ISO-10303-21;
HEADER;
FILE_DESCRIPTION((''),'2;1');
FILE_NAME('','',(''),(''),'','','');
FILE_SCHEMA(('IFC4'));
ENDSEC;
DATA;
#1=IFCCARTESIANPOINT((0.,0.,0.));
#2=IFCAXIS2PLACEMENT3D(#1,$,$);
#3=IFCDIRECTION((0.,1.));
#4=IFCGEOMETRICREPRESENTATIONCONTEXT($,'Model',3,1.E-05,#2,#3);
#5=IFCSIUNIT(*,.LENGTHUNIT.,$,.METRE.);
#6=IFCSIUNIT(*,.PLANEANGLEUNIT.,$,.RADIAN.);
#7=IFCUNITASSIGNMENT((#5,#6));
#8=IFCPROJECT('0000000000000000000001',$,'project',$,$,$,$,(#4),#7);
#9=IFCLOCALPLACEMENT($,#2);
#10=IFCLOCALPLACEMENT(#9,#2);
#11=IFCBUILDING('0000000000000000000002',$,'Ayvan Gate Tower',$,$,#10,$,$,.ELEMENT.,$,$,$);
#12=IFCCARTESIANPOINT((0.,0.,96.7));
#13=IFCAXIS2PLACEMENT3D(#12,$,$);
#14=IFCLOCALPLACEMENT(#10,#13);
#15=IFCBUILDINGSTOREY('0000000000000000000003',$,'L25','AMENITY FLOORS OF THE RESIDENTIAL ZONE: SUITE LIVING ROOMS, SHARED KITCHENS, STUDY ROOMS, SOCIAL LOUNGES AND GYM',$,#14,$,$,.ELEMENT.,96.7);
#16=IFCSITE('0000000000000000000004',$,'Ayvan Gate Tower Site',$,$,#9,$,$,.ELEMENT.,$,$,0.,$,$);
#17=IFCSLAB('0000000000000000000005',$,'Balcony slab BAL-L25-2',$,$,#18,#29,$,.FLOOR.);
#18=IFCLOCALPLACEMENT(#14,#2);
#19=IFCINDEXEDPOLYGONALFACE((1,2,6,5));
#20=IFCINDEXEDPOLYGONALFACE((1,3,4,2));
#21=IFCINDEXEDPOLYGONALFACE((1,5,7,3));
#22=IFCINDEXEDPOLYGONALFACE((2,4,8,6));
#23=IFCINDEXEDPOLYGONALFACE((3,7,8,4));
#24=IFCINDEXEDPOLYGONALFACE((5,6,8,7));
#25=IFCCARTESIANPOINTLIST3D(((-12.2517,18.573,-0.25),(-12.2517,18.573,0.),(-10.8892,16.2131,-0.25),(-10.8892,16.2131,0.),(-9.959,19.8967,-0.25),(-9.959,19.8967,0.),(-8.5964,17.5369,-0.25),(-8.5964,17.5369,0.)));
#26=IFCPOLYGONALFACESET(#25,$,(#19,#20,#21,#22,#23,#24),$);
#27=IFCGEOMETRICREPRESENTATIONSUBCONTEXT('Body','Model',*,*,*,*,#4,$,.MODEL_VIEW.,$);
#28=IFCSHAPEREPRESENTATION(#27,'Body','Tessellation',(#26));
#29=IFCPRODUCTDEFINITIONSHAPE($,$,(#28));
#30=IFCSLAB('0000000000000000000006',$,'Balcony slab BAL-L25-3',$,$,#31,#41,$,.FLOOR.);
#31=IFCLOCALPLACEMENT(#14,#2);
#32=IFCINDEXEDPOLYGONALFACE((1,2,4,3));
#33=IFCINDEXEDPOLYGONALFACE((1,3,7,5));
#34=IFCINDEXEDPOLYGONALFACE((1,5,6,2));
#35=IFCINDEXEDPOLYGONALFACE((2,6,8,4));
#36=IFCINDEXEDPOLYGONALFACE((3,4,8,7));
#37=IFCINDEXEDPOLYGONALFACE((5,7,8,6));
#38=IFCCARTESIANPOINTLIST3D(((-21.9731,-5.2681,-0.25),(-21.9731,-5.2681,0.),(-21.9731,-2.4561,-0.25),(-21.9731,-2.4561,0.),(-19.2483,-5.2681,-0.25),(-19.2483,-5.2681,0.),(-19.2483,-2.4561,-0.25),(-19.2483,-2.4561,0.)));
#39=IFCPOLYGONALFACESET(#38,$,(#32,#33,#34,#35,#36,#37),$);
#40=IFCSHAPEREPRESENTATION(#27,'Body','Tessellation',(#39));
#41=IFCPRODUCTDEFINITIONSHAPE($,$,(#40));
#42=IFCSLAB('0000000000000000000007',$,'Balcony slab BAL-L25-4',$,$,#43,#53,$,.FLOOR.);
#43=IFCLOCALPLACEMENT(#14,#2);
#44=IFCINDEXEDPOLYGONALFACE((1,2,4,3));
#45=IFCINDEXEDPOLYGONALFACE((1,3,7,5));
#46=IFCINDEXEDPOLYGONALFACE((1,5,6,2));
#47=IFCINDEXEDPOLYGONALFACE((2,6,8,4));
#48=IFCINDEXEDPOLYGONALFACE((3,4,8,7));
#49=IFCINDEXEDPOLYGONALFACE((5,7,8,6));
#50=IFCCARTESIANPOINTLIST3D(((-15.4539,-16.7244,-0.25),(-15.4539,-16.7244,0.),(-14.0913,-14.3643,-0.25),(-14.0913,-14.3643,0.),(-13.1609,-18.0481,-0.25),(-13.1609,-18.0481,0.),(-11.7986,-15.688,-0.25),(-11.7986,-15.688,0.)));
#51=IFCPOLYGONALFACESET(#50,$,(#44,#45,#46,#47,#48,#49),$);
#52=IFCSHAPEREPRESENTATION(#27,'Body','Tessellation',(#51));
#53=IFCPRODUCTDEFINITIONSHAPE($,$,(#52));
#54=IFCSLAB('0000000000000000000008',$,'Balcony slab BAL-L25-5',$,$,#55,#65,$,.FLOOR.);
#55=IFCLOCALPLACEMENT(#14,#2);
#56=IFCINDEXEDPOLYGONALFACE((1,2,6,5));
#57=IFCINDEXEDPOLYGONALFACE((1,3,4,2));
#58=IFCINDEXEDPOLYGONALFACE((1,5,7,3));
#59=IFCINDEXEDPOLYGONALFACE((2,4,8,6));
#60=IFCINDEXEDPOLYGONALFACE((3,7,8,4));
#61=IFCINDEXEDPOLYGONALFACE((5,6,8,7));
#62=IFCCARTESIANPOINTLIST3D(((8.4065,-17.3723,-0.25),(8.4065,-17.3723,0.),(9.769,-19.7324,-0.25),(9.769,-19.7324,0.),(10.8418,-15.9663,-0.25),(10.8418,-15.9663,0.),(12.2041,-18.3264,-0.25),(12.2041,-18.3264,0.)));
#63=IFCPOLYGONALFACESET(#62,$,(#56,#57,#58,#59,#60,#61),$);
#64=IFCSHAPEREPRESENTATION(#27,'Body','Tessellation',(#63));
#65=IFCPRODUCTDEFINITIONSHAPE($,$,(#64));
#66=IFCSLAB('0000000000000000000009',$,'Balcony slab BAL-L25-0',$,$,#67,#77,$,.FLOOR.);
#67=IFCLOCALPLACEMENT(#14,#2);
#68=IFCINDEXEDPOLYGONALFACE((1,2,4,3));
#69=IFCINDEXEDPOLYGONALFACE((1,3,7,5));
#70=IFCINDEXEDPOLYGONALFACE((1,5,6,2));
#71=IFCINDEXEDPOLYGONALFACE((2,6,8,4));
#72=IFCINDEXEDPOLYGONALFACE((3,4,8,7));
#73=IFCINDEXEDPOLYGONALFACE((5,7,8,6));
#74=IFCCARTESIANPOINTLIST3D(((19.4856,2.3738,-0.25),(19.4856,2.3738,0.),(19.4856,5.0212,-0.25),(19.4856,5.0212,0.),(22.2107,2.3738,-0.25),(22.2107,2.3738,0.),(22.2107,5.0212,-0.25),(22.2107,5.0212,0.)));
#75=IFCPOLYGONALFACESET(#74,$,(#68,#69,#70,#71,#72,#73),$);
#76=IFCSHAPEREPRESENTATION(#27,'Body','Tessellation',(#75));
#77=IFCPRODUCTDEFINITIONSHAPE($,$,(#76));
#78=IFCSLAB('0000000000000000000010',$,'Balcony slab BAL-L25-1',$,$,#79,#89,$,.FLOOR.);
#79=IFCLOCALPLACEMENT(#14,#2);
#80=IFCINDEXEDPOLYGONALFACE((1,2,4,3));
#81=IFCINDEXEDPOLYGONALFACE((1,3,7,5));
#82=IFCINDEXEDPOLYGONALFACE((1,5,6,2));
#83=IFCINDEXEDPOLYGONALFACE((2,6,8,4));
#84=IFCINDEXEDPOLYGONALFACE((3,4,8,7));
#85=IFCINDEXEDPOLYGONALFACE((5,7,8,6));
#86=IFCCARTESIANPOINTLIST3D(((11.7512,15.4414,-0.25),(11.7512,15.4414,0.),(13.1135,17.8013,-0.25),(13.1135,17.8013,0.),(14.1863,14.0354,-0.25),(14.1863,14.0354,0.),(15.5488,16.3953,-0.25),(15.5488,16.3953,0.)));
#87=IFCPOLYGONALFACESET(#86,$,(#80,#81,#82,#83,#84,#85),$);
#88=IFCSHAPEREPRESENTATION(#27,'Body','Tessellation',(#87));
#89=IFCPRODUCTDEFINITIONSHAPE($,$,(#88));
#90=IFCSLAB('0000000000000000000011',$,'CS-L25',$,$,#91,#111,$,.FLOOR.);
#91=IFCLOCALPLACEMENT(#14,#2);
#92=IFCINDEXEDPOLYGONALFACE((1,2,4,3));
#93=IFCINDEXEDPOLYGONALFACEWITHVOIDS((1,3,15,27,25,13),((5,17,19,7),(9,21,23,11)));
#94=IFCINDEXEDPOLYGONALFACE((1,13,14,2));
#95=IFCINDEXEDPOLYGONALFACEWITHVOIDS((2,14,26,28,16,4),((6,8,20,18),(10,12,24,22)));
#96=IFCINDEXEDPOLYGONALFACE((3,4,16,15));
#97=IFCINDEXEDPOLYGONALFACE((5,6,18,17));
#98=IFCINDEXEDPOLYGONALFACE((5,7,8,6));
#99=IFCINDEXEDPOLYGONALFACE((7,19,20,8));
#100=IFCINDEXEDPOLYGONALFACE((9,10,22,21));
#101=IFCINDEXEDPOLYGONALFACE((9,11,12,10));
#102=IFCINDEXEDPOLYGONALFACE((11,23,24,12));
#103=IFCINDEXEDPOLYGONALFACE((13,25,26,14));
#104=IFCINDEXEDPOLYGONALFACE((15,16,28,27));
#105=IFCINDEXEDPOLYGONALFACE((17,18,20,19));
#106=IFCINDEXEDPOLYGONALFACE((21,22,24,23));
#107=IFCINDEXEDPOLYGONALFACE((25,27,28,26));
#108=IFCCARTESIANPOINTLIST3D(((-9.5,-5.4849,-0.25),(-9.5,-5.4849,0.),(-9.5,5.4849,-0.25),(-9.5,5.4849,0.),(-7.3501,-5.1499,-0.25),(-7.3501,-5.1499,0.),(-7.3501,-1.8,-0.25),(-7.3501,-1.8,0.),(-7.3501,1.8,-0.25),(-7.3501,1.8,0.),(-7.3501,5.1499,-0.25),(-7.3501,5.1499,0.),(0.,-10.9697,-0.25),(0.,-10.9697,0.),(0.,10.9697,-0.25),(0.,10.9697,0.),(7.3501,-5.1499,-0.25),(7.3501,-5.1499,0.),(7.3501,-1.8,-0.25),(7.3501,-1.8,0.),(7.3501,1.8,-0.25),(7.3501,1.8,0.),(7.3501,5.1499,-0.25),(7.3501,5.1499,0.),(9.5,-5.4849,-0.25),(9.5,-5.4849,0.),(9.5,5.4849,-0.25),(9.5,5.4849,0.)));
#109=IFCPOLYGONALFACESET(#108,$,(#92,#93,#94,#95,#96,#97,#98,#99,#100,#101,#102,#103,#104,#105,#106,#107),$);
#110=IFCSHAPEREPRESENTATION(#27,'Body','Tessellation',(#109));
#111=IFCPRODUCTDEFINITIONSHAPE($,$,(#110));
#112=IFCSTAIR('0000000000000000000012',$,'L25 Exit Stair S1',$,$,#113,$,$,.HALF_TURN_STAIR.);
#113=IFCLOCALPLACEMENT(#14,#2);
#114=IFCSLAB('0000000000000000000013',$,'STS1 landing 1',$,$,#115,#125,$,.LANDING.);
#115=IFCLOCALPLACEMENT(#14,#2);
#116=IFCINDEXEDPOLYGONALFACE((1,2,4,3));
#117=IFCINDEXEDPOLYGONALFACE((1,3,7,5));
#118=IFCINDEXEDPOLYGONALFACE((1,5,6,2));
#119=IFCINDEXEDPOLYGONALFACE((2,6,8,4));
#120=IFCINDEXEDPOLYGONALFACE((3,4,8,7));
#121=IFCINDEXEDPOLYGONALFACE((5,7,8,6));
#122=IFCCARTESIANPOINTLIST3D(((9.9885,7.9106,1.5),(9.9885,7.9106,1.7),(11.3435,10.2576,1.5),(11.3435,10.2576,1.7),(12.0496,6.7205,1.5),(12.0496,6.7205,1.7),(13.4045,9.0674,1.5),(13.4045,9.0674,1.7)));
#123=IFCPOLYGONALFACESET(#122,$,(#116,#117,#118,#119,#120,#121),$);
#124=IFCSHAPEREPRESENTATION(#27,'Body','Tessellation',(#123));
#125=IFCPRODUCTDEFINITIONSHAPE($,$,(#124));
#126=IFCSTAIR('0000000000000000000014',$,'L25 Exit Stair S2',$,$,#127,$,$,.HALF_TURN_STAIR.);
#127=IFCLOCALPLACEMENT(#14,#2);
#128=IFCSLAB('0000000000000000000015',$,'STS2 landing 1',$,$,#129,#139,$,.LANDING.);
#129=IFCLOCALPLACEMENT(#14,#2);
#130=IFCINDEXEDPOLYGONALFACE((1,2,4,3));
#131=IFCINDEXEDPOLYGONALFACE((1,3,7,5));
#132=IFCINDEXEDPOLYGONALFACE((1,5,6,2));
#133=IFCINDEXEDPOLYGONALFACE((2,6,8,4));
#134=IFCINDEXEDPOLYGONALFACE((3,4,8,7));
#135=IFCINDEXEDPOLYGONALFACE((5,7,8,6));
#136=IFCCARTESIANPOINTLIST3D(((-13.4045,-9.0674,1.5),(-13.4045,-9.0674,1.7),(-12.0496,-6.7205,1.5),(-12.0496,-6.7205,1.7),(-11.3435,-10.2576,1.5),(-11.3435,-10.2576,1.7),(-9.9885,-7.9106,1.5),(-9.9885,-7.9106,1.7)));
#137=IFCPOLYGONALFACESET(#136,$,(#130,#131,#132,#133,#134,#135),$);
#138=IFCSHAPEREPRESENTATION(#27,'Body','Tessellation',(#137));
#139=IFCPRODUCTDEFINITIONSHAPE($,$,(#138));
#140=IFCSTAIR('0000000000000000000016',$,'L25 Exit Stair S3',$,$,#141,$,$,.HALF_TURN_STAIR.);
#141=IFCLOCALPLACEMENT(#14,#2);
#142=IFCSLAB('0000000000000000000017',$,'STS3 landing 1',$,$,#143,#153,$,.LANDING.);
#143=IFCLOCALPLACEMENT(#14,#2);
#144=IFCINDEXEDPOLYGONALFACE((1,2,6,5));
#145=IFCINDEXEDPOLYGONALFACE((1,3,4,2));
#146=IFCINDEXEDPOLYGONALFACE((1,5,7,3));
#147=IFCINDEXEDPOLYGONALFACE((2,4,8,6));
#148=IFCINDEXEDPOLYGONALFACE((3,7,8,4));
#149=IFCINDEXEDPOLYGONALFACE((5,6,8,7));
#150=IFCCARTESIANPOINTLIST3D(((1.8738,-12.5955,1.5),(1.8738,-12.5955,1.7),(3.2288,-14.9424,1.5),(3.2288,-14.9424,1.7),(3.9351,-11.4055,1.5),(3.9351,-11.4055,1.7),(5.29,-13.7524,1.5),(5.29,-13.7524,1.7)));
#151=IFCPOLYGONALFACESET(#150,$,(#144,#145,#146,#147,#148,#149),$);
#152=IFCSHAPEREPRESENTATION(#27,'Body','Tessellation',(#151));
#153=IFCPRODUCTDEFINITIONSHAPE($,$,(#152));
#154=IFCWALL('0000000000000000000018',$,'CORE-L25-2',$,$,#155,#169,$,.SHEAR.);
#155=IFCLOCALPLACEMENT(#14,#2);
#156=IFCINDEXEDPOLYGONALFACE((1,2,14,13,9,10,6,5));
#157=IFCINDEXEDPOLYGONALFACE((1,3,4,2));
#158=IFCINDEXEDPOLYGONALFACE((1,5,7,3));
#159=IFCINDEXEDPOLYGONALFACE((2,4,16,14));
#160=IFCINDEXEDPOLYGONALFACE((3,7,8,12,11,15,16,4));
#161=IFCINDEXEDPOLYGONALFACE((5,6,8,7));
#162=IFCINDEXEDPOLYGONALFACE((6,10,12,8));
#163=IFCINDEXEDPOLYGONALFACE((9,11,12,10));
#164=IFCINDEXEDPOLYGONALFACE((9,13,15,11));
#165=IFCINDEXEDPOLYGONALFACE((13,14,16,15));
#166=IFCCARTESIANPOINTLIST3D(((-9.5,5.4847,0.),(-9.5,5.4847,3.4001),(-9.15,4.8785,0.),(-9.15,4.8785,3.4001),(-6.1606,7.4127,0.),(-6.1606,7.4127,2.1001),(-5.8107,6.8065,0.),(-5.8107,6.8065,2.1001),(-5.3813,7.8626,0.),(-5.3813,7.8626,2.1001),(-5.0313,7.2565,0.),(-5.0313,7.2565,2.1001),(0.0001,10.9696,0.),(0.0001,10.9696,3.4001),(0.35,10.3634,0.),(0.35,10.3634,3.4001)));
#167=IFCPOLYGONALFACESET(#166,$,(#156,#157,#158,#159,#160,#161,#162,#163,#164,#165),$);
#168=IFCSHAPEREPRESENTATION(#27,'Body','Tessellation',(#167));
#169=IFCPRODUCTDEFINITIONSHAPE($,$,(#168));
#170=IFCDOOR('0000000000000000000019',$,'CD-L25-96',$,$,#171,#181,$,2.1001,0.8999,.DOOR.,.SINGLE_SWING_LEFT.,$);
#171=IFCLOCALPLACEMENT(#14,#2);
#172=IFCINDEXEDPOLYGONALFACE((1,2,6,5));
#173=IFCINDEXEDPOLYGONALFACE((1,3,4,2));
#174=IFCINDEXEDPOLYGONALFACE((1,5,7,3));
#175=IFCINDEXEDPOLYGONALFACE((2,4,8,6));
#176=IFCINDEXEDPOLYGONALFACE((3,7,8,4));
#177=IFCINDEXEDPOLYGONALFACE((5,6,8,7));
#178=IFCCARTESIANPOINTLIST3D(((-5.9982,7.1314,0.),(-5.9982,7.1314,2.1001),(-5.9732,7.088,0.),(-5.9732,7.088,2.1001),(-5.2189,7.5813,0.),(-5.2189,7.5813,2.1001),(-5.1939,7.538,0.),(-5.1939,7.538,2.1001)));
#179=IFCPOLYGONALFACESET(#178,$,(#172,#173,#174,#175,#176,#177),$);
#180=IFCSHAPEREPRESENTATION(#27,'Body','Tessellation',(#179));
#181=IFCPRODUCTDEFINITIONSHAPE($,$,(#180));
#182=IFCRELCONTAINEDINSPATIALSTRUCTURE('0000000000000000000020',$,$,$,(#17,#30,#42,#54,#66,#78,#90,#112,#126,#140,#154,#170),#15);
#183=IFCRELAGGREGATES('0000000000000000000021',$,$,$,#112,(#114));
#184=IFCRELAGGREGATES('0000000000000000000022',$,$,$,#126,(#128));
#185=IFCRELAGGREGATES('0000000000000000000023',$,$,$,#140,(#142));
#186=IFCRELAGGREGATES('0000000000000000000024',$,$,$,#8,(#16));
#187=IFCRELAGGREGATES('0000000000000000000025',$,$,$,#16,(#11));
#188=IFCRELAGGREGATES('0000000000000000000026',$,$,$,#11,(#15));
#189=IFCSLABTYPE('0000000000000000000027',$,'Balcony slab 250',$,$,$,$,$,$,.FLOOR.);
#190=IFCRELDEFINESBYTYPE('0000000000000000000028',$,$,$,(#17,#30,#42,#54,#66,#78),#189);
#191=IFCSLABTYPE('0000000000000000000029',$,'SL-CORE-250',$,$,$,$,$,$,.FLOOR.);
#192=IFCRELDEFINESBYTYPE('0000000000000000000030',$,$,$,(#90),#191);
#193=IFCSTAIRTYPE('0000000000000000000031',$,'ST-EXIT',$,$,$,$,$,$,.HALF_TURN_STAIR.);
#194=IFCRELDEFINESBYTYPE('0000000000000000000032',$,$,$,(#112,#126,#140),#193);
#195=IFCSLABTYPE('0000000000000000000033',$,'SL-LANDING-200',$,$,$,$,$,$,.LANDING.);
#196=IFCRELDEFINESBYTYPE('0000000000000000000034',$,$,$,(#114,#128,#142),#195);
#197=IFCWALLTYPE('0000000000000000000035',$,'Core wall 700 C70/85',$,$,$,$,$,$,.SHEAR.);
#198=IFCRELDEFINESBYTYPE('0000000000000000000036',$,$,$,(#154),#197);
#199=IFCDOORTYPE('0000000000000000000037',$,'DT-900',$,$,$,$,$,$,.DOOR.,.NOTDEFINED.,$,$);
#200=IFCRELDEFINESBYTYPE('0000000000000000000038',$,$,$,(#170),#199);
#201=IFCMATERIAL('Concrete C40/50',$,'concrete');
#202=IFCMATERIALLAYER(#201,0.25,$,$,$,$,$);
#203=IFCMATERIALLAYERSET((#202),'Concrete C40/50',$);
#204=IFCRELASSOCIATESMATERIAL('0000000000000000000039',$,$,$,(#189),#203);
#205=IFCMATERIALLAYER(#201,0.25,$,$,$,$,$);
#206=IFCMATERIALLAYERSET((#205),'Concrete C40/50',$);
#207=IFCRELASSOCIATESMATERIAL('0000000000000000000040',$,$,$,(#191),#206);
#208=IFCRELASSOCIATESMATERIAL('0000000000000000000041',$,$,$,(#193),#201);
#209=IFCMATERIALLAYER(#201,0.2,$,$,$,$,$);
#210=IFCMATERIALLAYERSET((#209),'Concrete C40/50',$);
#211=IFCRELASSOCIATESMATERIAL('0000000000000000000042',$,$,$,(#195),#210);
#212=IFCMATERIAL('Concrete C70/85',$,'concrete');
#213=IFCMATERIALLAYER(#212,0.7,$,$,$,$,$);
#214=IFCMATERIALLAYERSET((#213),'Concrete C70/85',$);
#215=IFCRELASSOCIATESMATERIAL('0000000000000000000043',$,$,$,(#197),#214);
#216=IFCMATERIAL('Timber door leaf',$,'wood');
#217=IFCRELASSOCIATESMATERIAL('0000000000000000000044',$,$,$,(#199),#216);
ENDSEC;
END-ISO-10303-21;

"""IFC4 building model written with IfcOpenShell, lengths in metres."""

from ifc_helpers import new_model, si_unit, direction, frame, frame_2d, origin, place, context, subcontext, project, spatial, polyline, rectangle, outline, extrude, material, layer, layer_set, type_object, element, fill, aggregate, save


model = new_model("IFC4")

# Units and contexts
model_context = context("Model", 3, precision=1e-05, world=origin(), true_north=direction((0.0, 1.0)))
body_context = subcontext(model_context, "Body", "Model", "MODEL_VIEW")
ifc_project = project(units=[si_unit("LENGTHUNIT", "METRE"), si_unit("PLANEANGLEUNIT", "RADIAN")], contexts=[model_context])

# Site, building, storey
site_placement = place(None, origin())
site = spatial("IfcSite", under=ifc_project, at=site_placement, Name="Ayvan Gate Tower Site", CompositionType="ELEMENT", RefElevation=0.0)
building_placement = place(site_placement, origin())
building = spatial("IfcBuilding", under=site, at=building_placement, Name="Ayvan Gate Tower", CompositionType="ELEMENT")
storey_placement = place(building_placement, frame((0.0, 0.0, 96.7)))
storey = spatial("IfcBuildingStorey", under=building, at=storey_placement, Name="L25", Description="AMENITY FLOORS OF THE RESIDENTIAL ZONE: SUITE LIVING ROOMS, SHARED KITCHENS, STUDY ROOMS, SOCIAL LOUNGES AND GYM", CompositionType="ELEMENT", Elevation=96.7)

# Slabs
ifc_material_1 = material(Name="Concrete C40/50", Category="concrete")
ifc_layer_1 = layer(ifc_material_1, 0.25)
ifc_layer_set_1 = layer_set([ifc_layer_1], Name="Concrete C40/50")
slab_type_1 = type_object("IfcSlabType", Name="Balcony slab 250", PredefinedType="FLOOR", material=ifc_layer_set_1)
slab_1_placement = place(storey_placement, frame((0.0, 0.0, -0.25)))
element("IfcSlab", 1, at=slab_1_placement, inside=storey, type_object=slab_type_1, Name="Balcony slab BAL-L25-2", PredefinedType="FLOOR", context=body_context, shape_type="SweptSolid", body=[
    extrude(outline(polyline([(-8.5964, 17.5369), (-10.8892, 16.2131), (-12.2517, 18.573), (-9.959, 19.8967), (-8.5964, 17.5369)])), origin(), (0.0, 0.0, 1.0), 0.25),
])
slab_2_placement = place(storey_placement, frame((0.0, 0.0, -0.25)))
element("IfcSlab", 2, at=slab_2_placement, inside=storey, type_object=slab_type_1, Name="Balcony slab BAL-L25-3", PredefinedType="FLOOR", context=body_context, shape_type="SweptSolid", body=[
    extrude(outline(polyline([(-19.2483, -2.4561), (-19.2483, -5.2681), (-21.9731, -5.2681), (-21.9731, -2.4561), (-19.2483, -2.4561)])), origin(), (0.0, 0.0, 1.0), 0.25),
])
slab_3_placement = place(storey_placement, frame((0.0, 0.0, -0.25)))
element("IfcSlab", 3, at=slab_3_placement, inside=storey, type_object=slab_type_1, Name="Balcony slab BAL-L25-4", PredefinedType="FLOOR", context=body_context, shape_type="SweptSolid", body=[
    extrude(outline(polyline([(-14.0913, -14.3643), (-11.7986, -15.688), (-13.1609, -18.0481), (-15.4539, -16.7244), (-14.0913, -14.3643)])), origin(), (0.0, 0.0, 1.0), 0.25),
])
slab_4_placement = place(storey_placement, frame((0.0, 0.0, -0.25)))
element("IfcSlab", 4, at=slab_4_placement, inside=storey, type_object=slab_type_1, Name="Balcony slab BAL-L25-5", PredefinedType="FLOOR", context=body_context, shape_type="SweptSolid", body=[
    extrude(outline(polyline([(8.4065, -17.3723), (10.8418, -15.9663), (12.2041, -18.3264), (9.769, -19.7324), (8.4065, -17.3723)])), origin(), (0.0, 0.0, 1.0), 0.25),
])
slab_5_placement = place(storey_placement, frame((0.0, 0.0, -0.25)))
element("IfcSlab", 5, at=slab_5_placement, inside=storey, type_object=slab_type_1, Name="Balcony slab BAL-L25-0", PredefinedType="FLOOR", context=body_context, shape_type="SweptSolid", body=[
    extrude(outline(polyline([(19.4856, 2.3738), (19.4856, 5.0212), (22.2107, 5.0212), (22.2107, 2.3738), (19.4856, 2.3738)])), origin(), (0.0, 0.0, 1.0), 0.25),
])
slab_6_placement = place(storey_placement, frame((0.0, 0.0, -0.25)))
element("IfcSlab", 6, at=slab_6_placement, inside=storey, type_object=slab_type_1, Name="Balcony slab BAL-L25-1", PredefinedType="FLOOR", context=body_context, shape_type="SweptSolid", body=[
    extrude(outline(polyline([(14.1863, 14.0354), (11.7512, 15.4414), (13.1135, 17.8013), (15.5488, 16.3953), (14.1863, 14.0354)])), origin(), (0.0, 0.0, 1.0), 0.25),
])
ifc_layer_2 = layer(ifc_material_1, 0.25)
ifc_layer_set_2 = layer_set([ifc_layer_2], Name="Concrete C40/50")
slab_type_2 = type_object("IfcSlabType", Name="SL-CORE-250", PredefinedType="FLOOR", material=ifc_layer_set_2)
slab_7_placement = place(storey_placement, frame((0.0, 0.0, -0.25)))
element("IfcSlab", 7, at=slab_7_placement, inside=storey, type_object=slab_type_2, Name="CS-L25", PredefinedType="FLOOR", context=body_context, shape_type="SweptSolid", body=[
    extrude(outline(polyline([(9.5, -5.4849), (0.0, -10.9697), (-9.5, -5.4849), (-9.5, 5.4849), (0.0, 10.9697), (9.5, 5.4849), (9.5, -5.4849)]), holes=[polyline([(-7.3501, -1.8), (-7.3501, -5.1499), (7.3501, -5.1499), (7.3501, -1.8), (-7.3501, -1.8)]), polyline([(-7.3501, 5.1499), (-7.3501, 1.8), (7.3501, 1.8), (7.3501, 5.1499), (-7.3501, 5.1499)])]), origin(), (0.0, 0.0, 1.0), 0.25),
])

# Stairs, slabs
stair_type = type_object("IfcStairType", Name="ST-EXIT", PredefinedType="HALF_TURN_STAIR", material=ifc_material_1)
stair_1_placement = place(storey_placement, origin())
stair_1 = element("IfcStair", 8, at=stair_1_placement, inside=storey, type_object=stair_type, Name="L25 Exit Stair S1", PredefinedType="HALF_TURN_STAIR")
ifc_layer_3 = layer(ifc_material_1, 0.2)
ifc_layer_set_3 = layer_set([ifc_layer_3], Name="Concrete C40/50")
slab_type_3 = type_object("IfcSlabType", Name="SL-LANDING-200", PredefinedType="LANDING", material=ifc_layer_set_3)
slab_8_placement = place(storey_placement, frame((0.0, 0.0, 1.5)))
slab_8 = element("IfcSlab", 9, at=slab_8_placement, type_object=slab_type_3, Name="STS1 landing 1", PredefinedType="LANDING", context=body_context, shape_type="SweptSolid", body=[
    extrude(outline(polyline([(9.9885, 7.9106), (12.0496, 6.7205), (13.4045, 9.0674), (11.3435, 10.2576), (9.9885, 7.9106)])), origin(), (0.0, 0.0, 1.0), 0.2),
])
aggregate(stair_1, [slab_8])
stair_2_placement = place(storey_placement, origin())
stair_2 = element("IfcStair", 10, at=stair_2_placement, inside=storey, type_object=stair_type, Name="L25 Exit Stair S2", PredefinedType="HALF_TURN_STAIR")
slab_9_placement = place(storey_placement, frame((0.0, 0.0, 1.5)))
slab_9 = element("IfcSlab", 11, at=slab_9_placement, type_object=slab_type_3, Name="STS2 landing 1", PredefinedType="LANDING", context=body_context, shape_type="SweptSolid", body=[
    extrude(outline(polyline([(-9.9885, -7.9106), (-12.0496, -6.7205), (-13.4045, -9.0674), (-11.3435, -10.2576), (-9.9885, -7.9106)])), origin(), (0.0, 0.0, 1.0), 0.2),
])
aggregate(stair_2, [slab_9])
stair_3_placement = place(storey_placement, origin())
stair_3 = element("IfcStair", 12, at=stair_3_placement, inside=storey, type_object=stair_type, Name="L25 Exit Stair S3", PredefinedType="HALF_TURN_STAIR")
slab_10_placement = place(storey_placement, frame((0.0, 0.0, 1.5)))
slab_10 = element("IfcSlab", 13, at=slab_10_placement, type_object=slab_type_3, Name="STS3 landing 1", PredefinedType="LANDING", context=body_context, shape_type="SweptSolid", body=[
    extrude(outline(polyline([(3.9351, -11.4055), (1.8738, -12.5955), (3.2288, -14.9424), (5.29, -13.7524), (3.9351, -11.4055)])), origin(), (0.0, 0.0, 1.0), 0.2),
])
aggregate(stair_3, [slab_10])

# Wall, opening, door
ifc_material_2 = material(Name="Concrete C70/85", Category="concrete")
ifc_layer_4 = layer(ifc_material_2, 0.7)
ifc_layer_set_4 = layer_set([ifc_layer_4], Name="Concrete C70/85")
wall_type_1 = type_object("IfcWallType", Name="Core wall 700 C70/85", PredefinedType="SHEAR", material=ifc_layer_set_4)
wall_1_placement = place(storey_placement, frame((0.175, 10.6665, 0.0), z_axis=(0.0, 0.0, 1.0), x_axis=(-0.866024, -0.500002, 0.0)))
wall_1 = element("IfcWall", 14, at=wall_1_placement, inside=storey, type_object=wall_type_1, Name="CORE-L25-2", PredefinedType="SHEAR", context=body_context, shape_type="SweptSolid", body=[
    extrude(rectangle(XDim=10.9697, YDim=0.7, at=frame_2d((5.4849, 0.0))), origin(), (0.0, 0.0, 1.0), 3.4001),
])
opening_placement = place(wall_1_placement, frame((6.2139, 0.0, 0.0)))
opening = element("IfcOpeningElement", 15, at=opening_placement, cuts=wall_1, PredefinedType="OPENING", context=body_context, shape_type="SweptSolid", body=[
    extrude(rectangle(XDim=0.8999, YDim=2.1001, at=frame_2d((0.45, 1.05))), frame((0.0, 0.3599, 0.0), z_axis=(0.0, -1.0, 0.0), x_axis=(1.0, 0.0, 0.0)), (0.0, 0.0, 1.0), 0.72),
])
ifc_material_3 = material(Name="Timber door leaf", Category="wood")
door_type = type_object("IfcDoorType", Name="DT-900", OperationType="NOTDEFINED", PredefinedType="DOOR", material=ifc_material_3)
door_placement = place(opening_placement, origin())
door = element("IfcDoor", 16, at=door_placement, inside=storey, type_object=door_type, Name="CD-L25-96", OperationType="SINGLE_SWING_LEFT", OverallHeight=2.1001, OverallWidth=0.8999, PredefinedType="DOOR", context=body_context, shape_type="SweptSolid", body=[
    extrude(rectangle(XDim=0.8999, YDim=2.1001, at=frame_2d((0.45, 1.05))), frame((0.0, 0.0249, 0.0), z_axis=(0.0, -1.0, 0.0), x_axis=(1.0, 0.0, 0.0)), (0.0, 0.0, 1.0), 0.05),
])
fill(opening, door)

save(model, "model.ifc")
